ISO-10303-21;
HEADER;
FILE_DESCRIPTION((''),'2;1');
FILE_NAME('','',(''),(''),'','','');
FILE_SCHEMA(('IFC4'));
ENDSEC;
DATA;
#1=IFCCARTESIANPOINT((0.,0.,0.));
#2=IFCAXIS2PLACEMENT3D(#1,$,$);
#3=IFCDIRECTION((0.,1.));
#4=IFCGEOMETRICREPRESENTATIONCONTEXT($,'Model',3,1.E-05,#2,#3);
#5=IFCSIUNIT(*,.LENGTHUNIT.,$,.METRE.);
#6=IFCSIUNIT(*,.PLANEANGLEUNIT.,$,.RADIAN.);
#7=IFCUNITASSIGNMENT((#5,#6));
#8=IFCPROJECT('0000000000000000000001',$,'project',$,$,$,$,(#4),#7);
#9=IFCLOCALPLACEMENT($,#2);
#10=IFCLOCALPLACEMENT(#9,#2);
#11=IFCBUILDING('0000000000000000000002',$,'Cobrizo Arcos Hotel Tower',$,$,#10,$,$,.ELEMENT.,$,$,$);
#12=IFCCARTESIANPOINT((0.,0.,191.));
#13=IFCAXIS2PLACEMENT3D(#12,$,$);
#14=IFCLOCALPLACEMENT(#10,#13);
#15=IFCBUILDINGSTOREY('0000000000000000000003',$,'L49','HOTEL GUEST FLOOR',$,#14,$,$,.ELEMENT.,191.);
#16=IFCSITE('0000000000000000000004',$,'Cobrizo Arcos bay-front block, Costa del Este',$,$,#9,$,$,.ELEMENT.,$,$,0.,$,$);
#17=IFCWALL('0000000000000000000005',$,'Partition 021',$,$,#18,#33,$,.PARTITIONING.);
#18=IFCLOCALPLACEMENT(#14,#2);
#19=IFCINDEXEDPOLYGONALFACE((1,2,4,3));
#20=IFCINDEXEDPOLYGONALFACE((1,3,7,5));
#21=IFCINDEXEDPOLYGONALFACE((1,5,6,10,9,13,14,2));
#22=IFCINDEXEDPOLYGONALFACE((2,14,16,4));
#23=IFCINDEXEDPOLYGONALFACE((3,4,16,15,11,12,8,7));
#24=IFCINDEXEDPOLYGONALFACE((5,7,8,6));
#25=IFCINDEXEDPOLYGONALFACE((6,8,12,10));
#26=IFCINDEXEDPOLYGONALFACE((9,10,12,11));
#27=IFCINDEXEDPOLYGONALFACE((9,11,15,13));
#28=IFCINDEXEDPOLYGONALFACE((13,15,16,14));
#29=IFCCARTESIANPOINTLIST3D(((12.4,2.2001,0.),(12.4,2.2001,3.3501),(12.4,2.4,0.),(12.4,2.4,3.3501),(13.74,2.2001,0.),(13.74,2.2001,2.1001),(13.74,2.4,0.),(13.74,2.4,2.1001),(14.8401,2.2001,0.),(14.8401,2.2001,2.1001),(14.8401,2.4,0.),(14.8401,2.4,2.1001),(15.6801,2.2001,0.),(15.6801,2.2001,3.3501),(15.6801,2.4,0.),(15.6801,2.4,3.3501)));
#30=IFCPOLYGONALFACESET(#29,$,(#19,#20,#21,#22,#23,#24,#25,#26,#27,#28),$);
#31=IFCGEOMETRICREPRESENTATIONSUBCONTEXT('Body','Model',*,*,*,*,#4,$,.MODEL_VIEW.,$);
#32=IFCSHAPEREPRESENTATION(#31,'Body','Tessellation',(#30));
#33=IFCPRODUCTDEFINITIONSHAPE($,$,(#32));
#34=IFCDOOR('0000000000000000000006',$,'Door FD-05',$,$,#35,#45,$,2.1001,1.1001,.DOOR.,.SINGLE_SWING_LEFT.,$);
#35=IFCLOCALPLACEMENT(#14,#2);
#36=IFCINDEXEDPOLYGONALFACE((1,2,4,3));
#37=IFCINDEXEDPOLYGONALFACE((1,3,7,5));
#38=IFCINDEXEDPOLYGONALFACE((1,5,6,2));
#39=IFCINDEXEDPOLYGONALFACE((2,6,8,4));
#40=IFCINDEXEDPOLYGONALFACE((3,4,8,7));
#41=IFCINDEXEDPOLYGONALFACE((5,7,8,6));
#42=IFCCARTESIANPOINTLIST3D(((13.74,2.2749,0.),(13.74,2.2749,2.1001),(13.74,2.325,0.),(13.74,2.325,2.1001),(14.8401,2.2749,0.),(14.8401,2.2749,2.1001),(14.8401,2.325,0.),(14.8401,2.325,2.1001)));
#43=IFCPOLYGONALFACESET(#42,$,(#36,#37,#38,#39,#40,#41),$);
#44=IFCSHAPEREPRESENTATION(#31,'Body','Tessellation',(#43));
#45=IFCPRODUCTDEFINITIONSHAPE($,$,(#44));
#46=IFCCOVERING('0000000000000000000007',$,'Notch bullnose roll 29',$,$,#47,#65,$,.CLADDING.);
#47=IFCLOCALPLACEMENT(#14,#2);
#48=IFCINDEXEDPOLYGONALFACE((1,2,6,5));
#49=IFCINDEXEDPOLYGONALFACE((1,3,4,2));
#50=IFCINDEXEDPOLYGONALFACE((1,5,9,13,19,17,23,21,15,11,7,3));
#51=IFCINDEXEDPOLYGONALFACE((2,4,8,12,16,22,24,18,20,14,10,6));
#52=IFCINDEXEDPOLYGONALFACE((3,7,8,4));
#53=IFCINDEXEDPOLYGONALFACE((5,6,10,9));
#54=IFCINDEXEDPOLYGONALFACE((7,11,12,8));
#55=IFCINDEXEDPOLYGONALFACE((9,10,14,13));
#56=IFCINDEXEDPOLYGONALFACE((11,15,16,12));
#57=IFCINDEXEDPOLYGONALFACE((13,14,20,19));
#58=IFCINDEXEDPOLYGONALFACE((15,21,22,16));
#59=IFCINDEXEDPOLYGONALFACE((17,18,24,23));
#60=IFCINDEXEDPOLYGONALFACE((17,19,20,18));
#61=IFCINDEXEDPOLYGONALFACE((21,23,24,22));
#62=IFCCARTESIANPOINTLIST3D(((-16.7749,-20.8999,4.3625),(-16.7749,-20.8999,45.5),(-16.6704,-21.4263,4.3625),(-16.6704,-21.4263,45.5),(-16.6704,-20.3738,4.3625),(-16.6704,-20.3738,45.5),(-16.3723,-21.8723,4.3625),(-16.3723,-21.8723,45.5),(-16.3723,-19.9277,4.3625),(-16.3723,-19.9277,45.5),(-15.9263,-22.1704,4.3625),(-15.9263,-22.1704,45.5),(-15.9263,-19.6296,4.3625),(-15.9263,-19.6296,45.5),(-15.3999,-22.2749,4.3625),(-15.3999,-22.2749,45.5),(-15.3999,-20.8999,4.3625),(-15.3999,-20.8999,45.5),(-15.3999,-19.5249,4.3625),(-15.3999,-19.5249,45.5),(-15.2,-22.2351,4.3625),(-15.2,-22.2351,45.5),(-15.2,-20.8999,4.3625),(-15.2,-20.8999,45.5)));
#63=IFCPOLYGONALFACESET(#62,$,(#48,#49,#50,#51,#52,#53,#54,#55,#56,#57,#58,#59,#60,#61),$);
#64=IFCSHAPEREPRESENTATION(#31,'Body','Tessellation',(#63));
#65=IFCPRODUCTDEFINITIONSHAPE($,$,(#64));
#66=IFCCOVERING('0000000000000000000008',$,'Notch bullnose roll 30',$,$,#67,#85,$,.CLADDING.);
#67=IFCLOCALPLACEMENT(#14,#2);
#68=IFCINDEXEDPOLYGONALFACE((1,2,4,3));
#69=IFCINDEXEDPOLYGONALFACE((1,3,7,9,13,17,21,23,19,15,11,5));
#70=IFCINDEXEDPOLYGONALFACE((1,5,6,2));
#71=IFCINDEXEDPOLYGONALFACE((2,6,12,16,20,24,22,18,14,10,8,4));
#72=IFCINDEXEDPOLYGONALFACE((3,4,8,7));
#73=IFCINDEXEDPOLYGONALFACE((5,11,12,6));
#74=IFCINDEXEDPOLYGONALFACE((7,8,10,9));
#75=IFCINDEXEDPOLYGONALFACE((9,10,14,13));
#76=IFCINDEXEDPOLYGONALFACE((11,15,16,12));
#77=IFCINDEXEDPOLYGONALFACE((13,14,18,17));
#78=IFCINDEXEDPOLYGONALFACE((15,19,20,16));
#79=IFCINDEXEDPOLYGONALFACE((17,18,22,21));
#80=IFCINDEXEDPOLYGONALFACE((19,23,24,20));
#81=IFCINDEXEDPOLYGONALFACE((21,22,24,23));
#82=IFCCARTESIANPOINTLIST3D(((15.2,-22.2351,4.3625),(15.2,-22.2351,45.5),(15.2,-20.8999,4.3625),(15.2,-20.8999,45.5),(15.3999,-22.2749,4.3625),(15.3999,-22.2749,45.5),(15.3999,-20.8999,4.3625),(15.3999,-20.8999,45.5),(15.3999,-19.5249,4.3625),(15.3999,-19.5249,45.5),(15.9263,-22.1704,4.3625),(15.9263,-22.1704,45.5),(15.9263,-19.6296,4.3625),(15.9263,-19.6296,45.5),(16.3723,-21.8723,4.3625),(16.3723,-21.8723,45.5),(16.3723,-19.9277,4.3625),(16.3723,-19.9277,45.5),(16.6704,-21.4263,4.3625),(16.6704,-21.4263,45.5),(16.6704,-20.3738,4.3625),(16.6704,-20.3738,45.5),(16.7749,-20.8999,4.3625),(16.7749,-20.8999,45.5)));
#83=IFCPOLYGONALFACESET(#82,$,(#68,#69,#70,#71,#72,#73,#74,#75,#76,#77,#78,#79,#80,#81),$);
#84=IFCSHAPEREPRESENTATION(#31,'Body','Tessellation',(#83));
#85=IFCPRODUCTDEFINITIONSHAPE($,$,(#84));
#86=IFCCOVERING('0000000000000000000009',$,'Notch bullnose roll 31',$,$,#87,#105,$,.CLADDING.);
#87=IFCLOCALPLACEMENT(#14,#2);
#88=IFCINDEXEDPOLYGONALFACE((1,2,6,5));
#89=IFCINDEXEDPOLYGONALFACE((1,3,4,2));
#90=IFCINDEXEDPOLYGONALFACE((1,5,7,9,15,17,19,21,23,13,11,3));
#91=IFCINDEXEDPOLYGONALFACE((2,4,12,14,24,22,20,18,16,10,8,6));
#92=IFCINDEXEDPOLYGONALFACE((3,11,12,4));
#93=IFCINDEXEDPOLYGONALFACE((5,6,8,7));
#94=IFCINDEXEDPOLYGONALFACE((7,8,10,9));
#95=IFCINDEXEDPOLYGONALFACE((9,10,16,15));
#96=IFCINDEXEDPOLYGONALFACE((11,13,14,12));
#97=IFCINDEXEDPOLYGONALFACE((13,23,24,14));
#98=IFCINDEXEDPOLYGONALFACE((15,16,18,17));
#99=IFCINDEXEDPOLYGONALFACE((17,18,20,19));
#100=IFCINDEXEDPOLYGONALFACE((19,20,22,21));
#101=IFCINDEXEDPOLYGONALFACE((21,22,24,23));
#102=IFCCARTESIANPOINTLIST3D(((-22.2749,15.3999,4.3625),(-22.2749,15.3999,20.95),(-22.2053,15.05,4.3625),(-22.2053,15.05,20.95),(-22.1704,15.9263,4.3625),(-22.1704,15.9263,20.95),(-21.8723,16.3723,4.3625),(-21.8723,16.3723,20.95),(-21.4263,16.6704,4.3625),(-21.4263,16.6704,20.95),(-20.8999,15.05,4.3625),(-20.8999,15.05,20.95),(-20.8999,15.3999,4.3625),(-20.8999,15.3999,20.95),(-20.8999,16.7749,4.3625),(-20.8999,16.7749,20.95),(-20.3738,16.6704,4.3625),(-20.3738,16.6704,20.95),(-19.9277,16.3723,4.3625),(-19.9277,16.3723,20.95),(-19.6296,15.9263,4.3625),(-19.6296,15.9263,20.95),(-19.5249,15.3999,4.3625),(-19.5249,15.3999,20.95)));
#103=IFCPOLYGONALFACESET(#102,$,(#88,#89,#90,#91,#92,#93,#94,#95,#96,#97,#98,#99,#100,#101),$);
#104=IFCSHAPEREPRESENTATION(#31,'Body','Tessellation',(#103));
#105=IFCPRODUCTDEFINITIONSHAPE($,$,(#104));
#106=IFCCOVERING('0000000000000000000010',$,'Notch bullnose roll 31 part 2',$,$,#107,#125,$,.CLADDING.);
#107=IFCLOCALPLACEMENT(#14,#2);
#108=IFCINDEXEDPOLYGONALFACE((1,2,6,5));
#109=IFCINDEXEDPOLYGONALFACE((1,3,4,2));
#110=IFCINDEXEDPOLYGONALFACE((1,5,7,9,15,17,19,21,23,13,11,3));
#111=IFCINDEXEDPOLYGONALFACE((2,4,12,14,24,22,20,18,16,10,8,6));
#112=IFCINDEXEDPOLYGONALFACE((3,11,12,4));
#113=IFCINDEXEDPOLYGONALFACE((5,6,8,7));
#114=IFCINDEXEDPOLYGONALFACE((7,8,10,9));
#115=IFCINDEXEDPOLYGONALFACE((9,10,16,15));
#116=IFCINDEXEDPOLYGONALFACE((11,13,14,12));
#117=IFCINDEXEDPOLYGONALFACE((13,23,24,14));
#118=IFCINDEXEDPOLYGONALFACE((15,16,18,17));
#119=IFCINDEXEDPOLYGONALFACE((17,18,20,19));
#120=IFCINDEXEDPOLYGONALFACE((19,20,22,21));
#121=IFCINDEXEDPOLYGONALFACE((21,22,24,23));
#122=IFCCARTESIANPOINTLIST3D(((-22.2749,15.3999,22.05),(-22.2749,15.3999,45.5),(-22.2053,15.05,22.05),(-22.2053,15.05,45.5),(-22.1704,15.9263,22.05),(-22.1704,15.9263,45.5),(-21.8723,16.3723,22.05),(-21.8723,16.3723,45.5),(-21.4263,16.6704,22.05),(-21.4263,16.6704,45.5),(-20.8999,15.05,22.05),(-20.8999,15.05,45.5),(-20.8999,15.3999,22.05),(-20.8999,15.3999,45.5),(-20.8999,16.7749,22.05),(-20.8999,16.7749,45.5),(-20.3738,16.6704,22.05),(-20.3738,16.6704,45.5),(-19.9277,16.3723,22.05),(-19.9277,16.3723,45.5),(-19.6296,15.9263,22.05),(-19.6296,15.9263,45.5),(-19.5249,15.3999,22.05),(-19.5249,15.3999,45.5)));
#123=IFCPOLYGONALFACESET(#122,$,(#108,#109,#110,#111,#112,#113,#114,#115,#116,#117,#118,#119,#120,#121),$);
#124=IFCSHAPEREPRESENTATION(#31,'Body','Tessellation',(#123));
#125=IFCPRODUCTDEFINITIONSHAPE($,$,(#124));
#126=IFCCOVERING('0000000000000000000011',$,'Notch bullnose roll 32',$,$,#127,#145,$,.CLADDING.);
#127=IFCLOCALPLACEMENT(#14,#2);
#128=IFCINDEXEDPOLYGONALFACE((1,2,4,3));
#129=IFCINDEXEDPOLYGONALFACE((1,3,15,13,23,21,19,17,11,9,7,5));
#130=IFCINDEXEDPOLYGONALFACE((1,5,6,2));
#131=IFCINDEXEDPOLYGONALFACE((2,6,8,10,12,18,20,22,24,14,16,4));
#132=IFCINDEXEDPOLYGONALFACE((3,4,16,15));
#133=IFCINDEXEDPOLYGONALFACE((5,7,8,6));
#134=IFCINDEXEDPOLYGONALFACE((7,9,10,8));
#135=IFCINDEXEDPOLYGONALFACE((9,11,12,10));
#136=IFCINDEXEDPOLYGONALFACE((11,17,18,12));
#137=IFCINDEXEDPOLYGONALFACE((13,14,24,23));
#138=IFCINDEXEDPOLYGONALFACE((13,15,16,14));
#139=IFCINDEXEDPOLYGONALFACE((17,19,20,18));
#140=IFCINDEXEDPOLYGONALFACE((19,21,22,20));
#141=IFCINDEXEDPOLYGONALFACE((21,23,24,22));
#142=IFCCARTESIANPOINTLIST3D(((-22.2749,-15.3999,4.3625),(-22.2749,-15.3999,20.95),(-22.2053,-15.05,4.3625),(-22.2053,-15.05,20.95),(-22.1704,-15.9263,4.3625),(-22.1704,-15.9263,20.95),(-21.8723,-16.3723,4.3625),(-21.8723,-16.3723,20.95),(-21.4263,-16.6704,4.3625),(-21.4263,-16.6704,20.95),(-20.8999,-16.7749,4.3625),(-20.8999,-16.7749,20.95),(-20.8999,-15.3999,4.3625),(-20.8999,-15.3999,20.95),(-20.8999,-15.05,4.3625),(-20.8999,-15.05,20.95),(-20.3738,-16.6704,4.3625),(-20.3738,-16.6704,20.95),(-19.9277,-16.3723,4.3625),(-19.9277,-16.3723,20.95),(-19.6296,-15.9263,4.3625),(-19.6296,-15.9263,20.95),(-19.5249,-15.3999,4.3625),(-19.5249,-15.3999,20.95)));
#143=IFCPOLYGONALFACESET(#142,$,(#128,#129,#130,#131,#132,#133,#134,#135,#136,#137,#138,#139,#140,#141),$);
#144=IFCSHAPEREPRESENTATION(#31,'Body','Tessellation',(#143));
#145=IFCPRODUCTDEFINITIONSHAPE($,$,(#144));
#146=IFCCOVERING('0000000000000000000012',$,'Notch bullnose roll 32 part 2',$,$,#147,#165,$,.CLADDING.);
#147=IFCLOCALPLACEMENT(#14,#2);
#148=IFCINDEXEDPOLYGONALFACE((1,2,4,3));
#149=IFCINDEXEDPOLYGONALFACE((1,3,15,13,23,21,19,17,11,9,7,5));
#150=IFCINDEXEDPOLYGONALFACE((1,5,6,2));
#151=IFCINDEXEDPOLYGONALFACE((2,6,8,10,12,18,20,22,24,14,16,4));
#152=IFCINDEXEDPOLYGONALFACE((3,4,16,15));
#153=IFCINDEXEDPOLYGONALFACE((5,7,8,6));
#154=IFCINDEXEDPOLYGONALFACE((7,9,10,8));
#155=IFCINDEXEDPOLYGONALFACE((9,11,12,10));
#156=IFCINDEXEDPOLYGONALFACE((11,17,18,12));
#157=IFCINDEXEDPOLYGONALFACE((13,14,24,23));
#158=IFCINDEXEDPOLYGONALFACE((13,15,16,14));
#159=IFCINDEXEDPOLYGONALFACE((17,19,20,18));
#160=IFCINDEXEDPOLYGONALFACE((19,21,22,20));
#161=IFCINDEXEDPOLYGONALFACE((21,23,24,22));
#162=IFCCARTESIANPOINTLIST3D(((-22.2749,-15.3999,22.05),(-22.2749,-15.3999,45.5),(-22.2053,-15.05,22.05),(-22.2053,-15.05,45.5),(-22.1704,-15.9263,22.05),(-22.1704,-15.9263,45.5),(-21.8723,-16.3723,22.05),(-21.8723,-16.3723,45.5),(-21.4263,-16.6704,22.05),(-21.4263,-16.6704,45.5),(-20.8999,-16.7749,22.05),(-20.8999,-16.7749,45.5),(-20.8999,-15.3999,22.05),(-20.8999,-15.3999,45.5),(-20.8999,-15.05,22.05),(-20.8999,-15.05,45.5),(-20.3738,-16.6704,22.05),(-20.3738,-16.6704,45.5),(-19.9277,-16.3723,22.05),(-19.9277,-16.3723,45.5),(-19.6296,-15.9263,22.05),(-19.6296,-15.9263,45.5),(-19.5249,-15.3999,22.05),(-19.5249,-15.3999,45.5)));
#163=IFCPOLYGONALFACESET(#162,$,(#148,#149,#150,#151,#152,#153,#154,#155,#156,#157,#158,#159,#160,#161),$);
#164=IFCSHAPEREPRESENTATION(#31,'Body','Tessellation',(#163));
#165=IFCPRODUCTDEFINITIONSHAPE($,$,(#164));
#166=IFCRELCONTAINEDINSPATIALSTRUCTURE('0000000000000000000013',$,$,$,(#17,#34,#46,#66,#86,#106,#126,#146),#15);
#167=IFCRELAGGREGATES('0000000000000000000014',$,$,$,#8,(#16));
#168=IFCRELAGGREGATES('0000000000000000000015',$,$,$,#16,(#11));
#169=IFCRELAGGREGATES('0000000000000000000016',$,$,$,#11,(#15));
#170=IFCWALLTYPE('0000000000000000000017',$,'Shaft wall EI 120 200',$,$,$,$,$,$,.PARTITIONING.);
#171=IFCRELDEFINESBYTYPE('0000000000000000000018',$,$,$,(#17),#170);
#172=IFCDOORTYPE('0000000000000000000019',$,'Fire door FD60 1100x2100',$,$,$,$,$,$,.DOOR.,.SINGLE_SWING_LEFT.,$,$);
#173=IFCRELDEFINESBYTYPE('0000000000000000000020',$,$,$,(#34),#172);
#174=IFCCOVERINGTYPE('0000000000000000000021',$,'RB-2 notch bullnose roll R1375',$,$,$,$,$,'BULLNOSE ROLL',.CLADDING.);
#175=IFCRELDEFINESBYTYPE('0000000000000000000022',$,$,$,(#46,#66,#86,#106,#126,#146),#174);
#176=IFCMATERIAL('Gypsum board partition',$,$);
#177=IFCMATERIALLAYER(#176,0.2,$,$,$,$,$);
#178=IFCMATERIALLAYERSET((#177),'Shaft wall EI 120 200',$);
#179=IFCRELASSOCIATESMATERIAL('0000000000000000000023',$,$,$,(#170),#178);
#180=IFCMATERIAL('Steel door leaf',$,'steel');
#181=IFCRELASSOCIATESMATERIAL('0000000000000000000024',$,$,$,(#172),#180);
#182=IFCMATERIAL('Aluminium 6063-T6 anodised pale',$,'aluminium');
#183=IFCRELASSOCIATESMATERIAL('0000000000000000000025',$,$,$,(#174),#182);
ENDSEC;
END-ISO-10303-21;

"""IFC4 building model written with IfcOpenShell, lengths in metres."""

from ifc_helpers import new_model, si_unit, direction, frame, frame_2d, origin, place, context, subcontext, project, spatial, polyline, rectangle, outline, extrude, material, layer, layer_set, type_object, element, fill, save


model = new_model("IFC4")

# Units and contexts
model_context = context("Model", 3, precision=1e-05, world=origin(), true_north=direction((0.0, 1.0)))
body_context = subcontext(model_context, "Body", "Model", "MODEL_VIEW")
ifc_project = project(units=[si_unit("LENGTHUNIT", "METRE"), si_unit("PLANEANGLEUNIT", "RADIAN")], contexts=[model_context])

# Site, building, storey
site_placement = place(None, origin())
site = spatial("IfcSite", under=ifc_project, at=site_placement, Name="Cobrizo Arcos bay-front block, Costa del Este", CompositionType="ELEMENT", RefElevation=0.0)
building_placement = place(site_placement, origin())
building = spatial("IfcBuilding", under=site, at=building_placement, Name="Cobrizo Arcos Hotel Tower", CompositionType="ELEMENT")
storey_placement = place(building_placement, frame((0.0, 0.0, 191.0)))
storey = spatial("IfcBuildingStorey", under=building, at=storey_placement, Name="L49", Description="HOTEL GUEST FLOOR", CompositionType="ELEMENT", Elevation=191.0)

# Shared definitions
ifc_material_1 = material(Name="Gypsum board partition")

# Wall, opening, door
ifc_layer_1 = layer(ifc_material_1, 0.2)
ifc_layer_set_1 = layer_set([ifc_layer_1], Name="Shaft wall EI 120 200")
wall_type_1 = type_object("IfcWallType", Name="Shaft wall EI 120 200", PredefinedType="PARTITIONING", material=ifc_layer_set_1)
wall_1_placement = place(storey_placement, frame((12.3999, 2.3, 0.0), z_axis=(0.0, 0.0, 1.0), x_axis=(1.0, 0.0, 0.0)))
wall_1 = element("IfcWall", 1, at=wall_1_placement, inside=storey, type_object=wall_type_1, Name="Partition 021", PredefinedType="PARTITIONING", context=body_context, shape_type="SweptSolid", body=[
    extrude(rectangle(XDim=3.28, YDim=0.2, at=frame_2d((1.6401, 0.0))), origin(), (0.0, 0.0, 1.0), 3.3501),
])
opening_1_placement = place(wall_1_placement, frame((1.3401, 0.0, 0.0)))
opening_1 = element("IfcOpeningElement", 2, at=opening_1_placement, cuts=wall_1, PredefinedType="OPENING", context=body_context, shape_type="SweptSolid", body=[
    extrude(rectangle(XDim=1.1001, YDim=2.1001, at=frame_2d((0.55, 1.05))), frame((0.0, 0.1121, 0.0), z_axis=(0.0, -1.0, 0.0), x_axis=(1.0, 0.0, 0.0)), (0.0, 0.0, 1.0), 0.2239),
])
ifc_material_2 = material(Name="Steel door leaf", Category="steel")
door_type_1 = type_object("IfcDoorType", Name="Fire door FD60 1100x2100", OperationType="SINGLE_SWING_LEFT", PredefinedType="DOOR", material=ifc_material_2)
door_1_placement = place(opening_1_placement, origin())
door_1 = element("IfcDoor", 3, at=door_1_placement, inside=storey, type_object=door_type_1, Name="Door FD-05", OperationType="SINGLE_SWING_LEFT", OverallHeight=2.1001, OverallWidth=1.1001, PredefinedType="DOOR", context=body_context, shape_type="SweptSolid", body=[
    extrude(rectangle(XDim=1.1001, YDim=2.1001, at=frame_2d((0.55, 1.05))), frame((0.0, 0.0249, 0.0), z_axis=(0.0, -1.0, 0.0), x_axis=(1.0, 0.0, 0.0)), (0.0, 0.0, 1.0), 0.05),
])
fill(opening_1, door_1)

# Coverings
ifc_material_3 = material(Name="Aluminium 6063-T6 anodised pale", Category="aluminium")
covering_type = type_object("IfcCoveringType", Name="RB-2 notch bullnose roll R1375", ElementType="BULLNOSE ROLL", PredefinedType="CLADDING", material=ifc_material_3)
covering_1_placement = place(storey_placement, frame((0.0, 0.0, 4.3625)))
element("IfcCovering", 4, at=covering_1_placement, inside=storey, type_object=covering_type, Name="Notch bullnose roll 29", PredefinedType="CLADDING", context=body_context, shape_type="SweptSolid", body=[
    extrude(outline(polyline([(-16.3723, -19.9277), (-16.6704, -20.3738), (-16.7749, -20.8999), (-16.6704, -21.4263), (-16.3723, -21.8723), (-15.9263, -22.1704), (-15.3999, -22.2749), (-15.2, -22.2351), (-15.2, -20.8999), (-15.3999, -20.8999), (-15.3999, -19.5249), (-15.9263, -19.6296), (-16.3723, -19.9277)])), origin(), (0.0, 0.0, 1.0), 41.1375),
])
covering_2_placement = place(storey_placement, frame((0.0, 0.0, 4.3625)))
element("IfcCovering", 5, at=covering_2_placement, inside=storey, type_object=covering_type, Name="Notch bullnose roll 30", PredefinedType="CLADDING", context=body_context, shape_type="SweptSolid", body=[
    extrude(outline(polyline([(16.3723, -19.9277), (15.9263, -19.6296), (15.3999, -19.5249), (15.3999, -20.8999), (15.2, -20.8999), (15.2, -22.2351), (15.3999, -22.2749), (15.9263, -22.1704), (16.3723, -21.8723), (16.6704, -21.4263), (16.7749, -20.8999), (16.6704, -20.3738), (16.3723, -19.9277)])), origin(), (0.0, 0.0, 1.0), 41.1375),
])
covering_3_placement = place(storey_placement, frame((0.0, 0.0, 4.3625)))
element("IfcCovering", 6, at=covering_3_placement, inside=storey, type_object=covering_type, Name="Notch bullnose roll 31", PredefinedType="CLADDING", context=body_context, shape_type="SweptSolid", body=[
    extrude(outline(polyline([(-19.9277, 16.3723), (-20.3738, 16.6704), (-20.8999, 16.7749), (-21.4263, 16.6704), (-21.8723, 16.3723), (-22.1704, 15.9263), (-22.2749, 15.3999), (-22.2053, 15.05), (-20.8999, 15.05), (-20.8999, 15.3999), (-19.5249, 15.3999), (-19.6296, 15.9263), (-19.9277, 16.3723)])), origin(), (0.0, 0.0, 1.0), 16.5874),
])
covering_4_placement = place(storey_placement, frame((0.0, 0.0, 22.05)))
element("IfcCovering", 7, at=covering_4_placement, inside=storey, type_object=covering_type, Name="Notch bullnose roll 31 part 2", PredefinedType="CLADDING", context=body_context, shape_type="SweptSolid", body=[
    extrude(outline(polyline([(-19.9277, 16.3723), (-20.3738, 16.6704), (-20.8999, 16.7749), (-21.4263, 16.6704), (-21.8723, 16.3723), (-22.1704, 15.9263), (-22.2749, 15.3999), (-22.2053, 15.05), (-20.8999, 15.05), (-20.8999, 15.3999), (-19.5249, 15.3999), (-19.6296, 15.9263), (-19.9277, 16.3723)])), origin(), (0.0, 0.0, 1.0), 23.45),
])
covering_5_placement = place(storey_placement, frame((0.0, 0.0, 4.3625)))
element("IfcCovering", 8, at=covering_5_placement, inside=storey, type_object=covering_type, Name="Notch bullnose roll 32", PredefinedType="CLADDING", context=body_context, shape_type="SweptSolid", body=[
    extrude(outline(polyline([(-19.9277, -16.3723), (-19.6296, -15.9263), (-19.5249, -15.3999), (-20.8999, -15.3999), (-20.8999, -15.05), (-22.2053, -15.05), (-22.2749, -15.3999), (-22.1704, -15.9263), (-21.8723, -16.3723), (-21.4263, -16.6704), (-20.8999, -16.7749), (-20.3738, -16.6704), (-19.9277, -16.3723)])), origin(), (0.0, 0.0, 1.0), 16.5874),
])
covering_6_placement = place(storey_placement, frame((0.0, 0.0, 22.05)))
element("IfcCovering", 9, at=covering_6_placement, inside=storey, type_object=covering_type, Name="Notch bullnose roll 32 part 2", PredefinedType="CLADDING", context=body_context, shape_type="SweptSolid", body=[
    extrude(outline(polyline([(-19.9277, -16.3723), (-19.6296, -15.9263), (-19.5249, -15.3999), (-20.8999, -15.3999), (-20.8999, -15.05), (-22.2053, -15.05), (-22.2749, -15.3999), (-22.1704, -15.9263), (-21.8723, -16.3723), (-21.4263, -16.6704), (-20.8999, -16.7749), (-20.3738, -16.6704), (-19.9277, -16.3723)])), origin(), (0.0, 0.0, 1.0), 23.45),
])

save(model, "model.ifc")
